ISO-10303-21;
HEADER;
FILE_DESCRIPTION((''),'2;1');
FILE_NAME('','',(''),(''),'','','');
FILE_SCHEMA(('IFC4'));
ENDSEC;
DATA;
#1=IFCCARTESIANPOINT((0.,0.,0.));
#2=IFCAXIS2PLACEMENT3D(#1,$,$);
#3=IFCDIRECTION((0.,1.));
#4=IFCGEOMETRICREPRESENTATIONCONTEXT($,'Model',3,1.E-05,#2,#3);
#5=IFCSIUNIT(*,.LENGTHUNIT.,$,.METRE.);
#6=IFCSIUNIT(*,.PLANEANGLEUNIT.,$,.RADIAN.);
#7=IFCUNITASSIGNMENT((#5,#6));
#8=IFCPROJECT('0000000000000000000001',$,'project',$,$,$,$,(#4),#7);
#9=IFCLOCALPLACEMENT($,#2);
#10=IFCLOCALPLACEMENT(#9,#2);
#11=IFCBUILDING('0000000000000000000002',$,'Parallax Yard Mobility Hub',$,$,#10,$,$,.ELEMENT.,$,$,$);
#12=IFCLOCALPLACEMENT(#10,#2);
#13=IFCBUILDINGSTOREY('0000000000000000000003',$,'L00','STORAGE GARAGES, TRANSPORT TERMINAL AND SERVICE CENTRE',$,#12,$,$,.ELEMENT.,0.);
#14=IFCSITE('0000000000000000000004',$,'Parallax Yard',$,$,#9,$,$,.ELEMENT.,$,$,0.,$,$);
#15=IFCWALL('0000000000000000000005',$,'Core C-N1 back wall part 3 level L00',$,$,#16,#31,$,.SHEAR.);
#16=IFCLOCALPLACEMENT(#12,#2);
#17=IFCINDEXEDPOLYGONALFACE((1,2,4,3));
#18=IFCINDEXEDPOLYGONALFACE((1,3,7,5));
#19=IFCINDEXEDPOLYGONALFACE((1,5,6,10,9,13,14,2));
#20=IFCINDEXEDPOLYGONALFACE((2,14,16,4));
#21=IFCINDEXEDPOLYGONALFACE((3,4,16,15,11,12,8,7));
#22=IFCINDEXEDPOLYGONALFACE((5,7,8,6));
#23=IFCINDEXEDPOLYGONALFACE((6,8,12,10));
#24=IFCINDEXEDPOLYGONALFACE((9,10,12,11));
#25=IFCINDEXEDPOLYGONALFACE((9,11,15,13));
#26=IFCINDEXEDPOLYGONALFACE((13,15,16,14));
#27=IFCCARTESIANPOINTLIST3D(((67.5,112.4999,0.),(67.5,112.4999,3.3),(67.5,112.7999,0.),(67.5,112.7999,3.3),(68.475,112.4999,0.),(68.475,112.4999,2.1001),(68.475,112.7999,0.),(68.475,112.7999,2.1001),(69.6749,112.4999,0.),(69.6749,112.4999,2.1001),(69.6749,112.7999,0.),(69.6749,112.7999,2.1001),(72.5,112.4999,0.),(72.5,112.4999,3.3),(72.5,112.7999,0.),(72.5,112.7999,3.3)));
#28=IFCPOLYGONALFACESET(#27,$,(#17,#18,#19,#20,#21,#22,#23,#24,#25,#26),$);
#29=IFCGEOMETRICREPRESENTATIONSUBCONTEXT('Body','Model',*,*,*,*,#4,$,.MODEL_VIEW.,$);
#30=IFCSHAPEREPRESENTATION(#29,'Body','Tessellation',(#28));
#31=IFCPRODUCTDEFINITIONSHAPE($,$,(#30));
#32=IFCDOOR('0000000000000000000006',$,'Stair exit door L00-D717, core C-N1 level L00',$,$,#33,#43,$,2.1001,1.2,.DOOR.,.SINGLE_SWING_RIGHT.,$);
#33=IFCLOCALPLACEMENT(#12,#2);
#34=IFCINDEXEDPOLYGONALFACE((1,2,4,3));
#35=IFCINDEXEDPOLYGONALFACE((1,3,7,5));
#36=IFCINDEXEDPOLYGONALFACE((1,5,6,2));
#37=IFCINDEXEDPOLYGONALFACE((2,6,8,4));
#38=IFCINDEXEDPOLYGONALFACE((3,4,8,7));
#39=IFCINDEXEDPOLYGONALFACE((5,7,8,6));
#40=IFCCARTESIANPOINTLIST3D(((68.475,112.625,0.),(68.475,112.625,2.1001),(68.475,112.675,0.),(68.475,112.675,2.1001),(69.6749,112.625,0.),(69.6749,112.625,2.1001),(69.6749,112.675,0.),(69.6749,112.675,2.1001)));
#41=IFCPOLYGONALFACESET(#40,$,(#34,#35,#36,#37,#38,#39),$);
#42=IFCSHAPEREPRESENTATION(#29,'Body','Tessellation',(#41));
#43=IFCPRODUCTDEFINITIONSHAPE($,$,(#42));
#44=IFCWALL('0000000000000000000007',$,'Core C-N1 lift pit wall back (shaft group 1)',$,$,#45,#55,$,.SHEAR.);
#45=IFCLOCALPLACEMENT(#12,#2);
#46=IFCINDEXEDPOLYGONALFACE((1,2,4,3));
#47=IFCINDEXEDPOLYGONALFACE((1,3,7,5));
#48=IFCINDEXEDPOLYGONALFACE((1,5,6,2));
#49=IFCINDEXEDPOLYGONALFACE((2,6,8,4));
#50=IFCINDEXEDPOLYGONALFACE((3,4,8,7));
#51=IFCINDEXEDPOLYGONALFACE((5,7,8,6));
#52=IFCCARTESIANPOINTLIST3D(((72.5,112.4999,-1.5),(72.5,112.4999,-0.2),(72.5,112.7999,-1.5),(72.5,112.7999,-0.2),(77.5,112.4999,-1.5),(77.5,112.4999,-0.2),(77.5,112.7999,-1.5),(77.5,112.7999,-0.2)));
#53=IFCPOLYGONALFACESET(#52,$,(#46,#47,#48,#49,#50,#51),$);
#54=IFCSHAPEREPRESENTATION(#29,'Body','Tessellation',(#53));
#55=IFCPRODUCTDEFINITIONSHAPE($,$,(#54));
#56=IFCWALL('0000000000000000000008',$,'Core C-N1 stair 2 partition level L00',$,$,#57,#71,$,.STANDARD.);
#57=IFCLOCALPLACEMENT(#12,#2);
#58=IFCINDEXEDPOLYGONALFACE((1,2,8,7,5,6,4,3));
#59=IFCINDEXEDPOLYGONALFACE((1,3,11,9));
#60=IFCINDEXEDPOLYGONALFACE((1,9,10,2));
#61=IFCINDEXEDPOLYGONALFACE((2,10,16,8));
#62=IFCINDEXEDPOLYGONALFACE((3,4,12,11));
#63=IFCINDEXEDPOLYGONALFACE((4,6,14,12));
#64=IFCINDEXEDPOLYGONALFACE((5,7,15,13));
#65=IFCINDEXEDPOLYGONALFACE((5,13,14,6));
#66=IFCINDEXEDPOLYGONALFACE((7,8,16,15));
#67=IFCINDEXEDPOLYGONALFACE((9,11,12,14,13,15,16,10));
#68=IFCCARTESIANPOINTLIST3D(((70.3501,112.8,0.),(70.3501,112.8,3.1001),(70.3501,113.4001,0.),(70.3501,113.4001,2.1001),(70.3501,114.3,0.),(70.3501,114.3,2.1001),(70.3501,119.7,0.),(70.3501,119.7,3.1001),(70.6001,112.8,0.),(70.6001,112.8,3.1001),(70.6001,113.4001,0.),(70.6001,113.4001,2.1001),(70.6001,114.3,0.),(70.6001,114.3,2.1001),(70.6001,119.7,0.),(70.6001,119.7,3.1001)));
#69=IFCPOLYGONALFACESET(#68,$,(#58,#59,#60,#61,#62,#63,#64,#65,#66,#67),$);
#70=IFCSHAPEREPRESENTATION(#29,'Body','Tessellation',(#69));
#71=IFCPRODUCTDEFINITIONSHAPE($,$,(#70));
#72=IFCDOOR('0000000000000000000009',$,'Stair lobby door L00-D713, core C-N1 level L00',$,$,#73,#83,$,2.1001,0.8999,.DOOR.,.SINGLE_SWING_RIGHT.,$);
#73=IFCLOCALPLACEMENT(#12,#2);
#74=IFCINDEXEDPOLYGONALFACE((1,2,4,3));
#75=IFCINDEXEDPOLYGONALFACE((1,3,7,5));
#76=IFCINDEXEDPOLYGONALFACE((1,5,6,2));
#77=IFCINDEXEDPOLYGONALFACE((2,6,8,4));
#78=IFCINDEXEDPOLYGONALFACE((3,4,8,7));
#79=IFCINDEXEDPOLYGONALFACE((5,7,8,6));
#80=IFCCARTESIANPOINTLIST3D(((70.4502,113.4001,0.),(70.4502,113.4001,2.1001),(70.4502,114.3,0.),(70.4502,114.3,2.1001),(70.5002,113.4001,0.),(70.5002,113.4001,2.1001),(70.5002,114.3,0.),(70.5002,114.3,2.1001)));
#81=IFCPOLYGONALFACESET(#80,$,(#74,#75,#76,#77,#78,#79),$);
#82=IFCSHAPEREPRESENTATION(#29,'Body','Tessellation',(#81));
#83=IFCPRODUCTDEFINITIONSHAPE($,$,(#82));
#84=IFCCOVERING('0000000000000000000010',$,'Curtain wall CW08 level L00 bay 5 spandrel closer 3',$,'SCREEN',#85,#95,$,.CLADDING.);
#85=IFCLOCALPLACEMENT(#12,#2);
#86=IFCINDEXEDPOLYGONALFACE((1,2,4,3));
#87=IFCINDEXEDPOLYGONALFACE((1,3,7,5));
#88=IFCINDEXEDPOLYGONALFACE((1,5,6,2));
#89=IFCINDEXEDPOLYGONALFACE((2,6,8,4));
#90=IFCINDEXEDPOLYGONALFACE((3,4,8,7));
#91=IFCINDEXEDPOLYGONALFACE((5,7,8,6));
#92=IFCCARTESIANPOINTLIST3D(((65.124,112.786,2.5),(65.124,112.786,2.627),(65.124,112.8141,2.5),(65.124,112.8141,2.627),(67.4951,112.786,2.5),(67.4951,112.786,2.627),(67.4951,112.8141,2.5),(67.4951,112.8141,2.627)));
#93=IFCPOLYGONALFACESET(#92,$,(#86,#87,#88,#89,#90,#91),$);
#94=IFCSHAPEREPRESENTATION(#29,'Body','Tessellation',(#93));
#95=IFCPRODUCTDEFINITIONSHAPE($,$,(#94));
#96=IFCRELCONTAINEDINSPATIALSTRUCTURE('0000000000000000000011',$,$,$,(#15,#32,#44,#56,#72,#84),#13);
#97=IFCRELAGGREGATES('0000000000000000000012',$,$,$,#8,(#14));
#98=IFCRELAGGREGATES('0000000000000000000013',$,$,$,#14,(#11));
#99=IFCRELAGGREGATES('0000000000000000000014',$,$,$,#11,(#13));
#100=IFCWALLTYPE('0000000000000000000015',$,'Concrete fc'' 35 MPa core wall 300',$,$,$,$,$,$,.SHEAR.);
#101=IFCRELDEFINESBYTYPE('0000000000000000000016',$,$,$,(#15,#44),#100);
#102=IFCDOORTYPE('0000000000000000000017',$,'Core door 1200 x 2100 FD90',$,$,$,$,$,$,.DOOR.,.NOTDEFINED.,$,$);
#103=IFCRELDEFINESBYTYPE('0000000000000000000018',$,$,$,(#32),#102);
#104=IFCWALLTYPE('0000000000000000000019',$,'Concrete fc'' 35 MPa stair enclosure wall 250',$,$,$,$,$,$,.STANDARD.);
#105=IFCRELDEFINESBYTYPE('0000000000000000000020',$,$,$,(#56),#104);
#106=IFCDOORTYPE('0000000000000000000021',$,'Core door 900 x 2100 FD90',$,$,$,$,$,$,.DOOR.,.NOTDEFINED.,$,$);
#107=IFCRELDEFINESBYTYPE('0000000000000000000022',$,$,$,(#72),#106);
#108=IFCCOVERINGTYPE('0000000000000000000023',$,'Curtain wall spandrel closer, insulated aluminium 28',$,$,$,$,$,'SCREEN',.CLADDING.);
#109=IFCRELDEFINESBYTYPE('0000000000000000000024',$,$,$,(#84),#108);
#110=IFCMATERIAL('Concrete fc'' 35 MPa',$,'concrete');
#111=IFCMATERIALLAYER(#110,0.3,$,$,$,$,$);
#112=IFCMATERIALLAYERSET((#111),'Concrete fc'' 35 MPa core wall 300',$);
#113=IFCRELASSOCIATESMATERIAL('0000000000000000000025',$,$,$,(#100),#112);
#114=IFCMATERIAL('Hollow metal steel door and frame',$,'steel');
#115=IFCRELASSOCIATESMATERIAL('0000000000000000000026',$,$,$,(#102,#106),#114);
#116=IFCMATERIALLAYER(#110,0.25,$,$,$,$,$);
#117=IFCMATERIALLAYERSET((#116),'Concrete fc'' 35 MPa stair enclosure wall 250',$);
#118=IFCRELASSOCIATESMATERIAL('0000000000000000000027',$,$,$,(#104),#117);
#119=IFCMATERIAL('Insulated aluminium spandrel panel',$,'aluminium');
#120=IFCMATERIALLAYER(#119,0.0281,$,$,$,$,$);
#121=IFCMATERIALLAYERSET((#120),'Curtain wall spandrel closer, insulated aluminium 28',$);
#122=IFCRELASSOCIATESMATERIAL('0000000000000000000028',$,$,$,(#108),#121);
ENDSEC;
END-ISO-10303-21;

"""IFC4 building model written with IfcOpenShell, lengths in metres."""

from ifc_helpers import new_model, si_unit, direction, frame, frame_2d, origin, origin_2d, place, context, subcontext, project, spatial, rectangle, extrude, material, layer, layer_set, type_object, element, fill, save


model = new_model("IFC4")

# Units and contexts
model_context = context("Model", 3, precision=1e-05, world=origin(), true_north=direction((0.0, 1.0)))
body_context = subcontext(model_context, "Body", "Model", "MODEL_VIEW")
ifc_project = project(units=[si_unit("LENGTHUNIT", "METRE"), si_unit("PLANEANGLEUNIT", "RADIAN")], contexts=[model_context])

# Site, building, storey
site_placement = place(None, origin())
site = spatial("IfcSite", under=ifc_project, at=site_placement, Name="Parallax Yard", CompositionType="ELEMENT", RefElevation=0.0)
building_placement = place(site_placement, origin())
building = spatial("IfcBuilding", under=site, at=building_placement, Name="Parallax Yard Mobility Hub", CompositionType="ELEMENT")
storey_placement = place(building_placement, origin())
storey = spatial("IfcBuildingStorey", under=building, at=storey_placement, Name="L00", Description="STORAGE GARAGES, TRANSPORT TERMINAL AND SERVICE CENTRE", CompositionType="ELEMENT", Elevation=0.0)

# Shared definitions
ifc_material_1 = material(Name="Concrete fc' 35 MPa", Category="concrete")
ifc_layer_1 = layer(ifc_material_1, 0.3)
ifc_layer_set_1 = layer_set([ifc_layer_1], Name="Concrete fc' 35 MPa core wall 300")
wall_type_1 = type_object("IfcWallType", Name="Concrete fc' 35 MPa core wall 300", PredefinedType="SHEAR", material=ifc_layer_set_1)
ifc_material_2 = material(Name="Hollow metal steel door and frame", Category="steel")
door_type_1 = type_object("IfcDoorType", Name="Core door 1200 x 2100 FD90", OperationType="NOTDEFINED", PredefinedType="DOOR", material=ifc_material_2)

# Wall, opening, door
wall_1_placement = place(storey_placement, frame((72.5, 112.6499, 0.0), z_axis=(0.0, 0.0, 1.0), x_axis=(-1.0, 0.0, 0.0)))
wall_1 = element("IfcWall", 1, at=wall_1_placement, inside=storey, type_object=wall_type_1, Name="Core C-N1 back wall part 3 level L00", PredefinedType="SHEAR", context=body_context, shape_type="SweptSolid", body=[
    extrude(rectangle(XDim=5.0, YDim=0.3, at=frame_2d((2.5, 0.0))), origin(), (0.0, 0.0, 1.0), 3.3),
])
opening_1_placement = place(wall_1_placement, frame((2.825, 0.0, 0.0)))
opening_1 = element("IfcOpeningElement", 2, at=opening_1_placement, cuts=wall_1, PredefinedType="OPENING", context=body_context, shape_type="SweptSolid", body=[
    extrude(rectangle(XDim=1.2, YDim=2.1001, at=frame_2d((0.6001, 1.05))), frame((0.0, 0.1602, 0.0), z_axis=(0.0, -1.0, 0.0), x_axis=(1.0, 0.0, 0.0)), (0.0, 0.0, 1.0), 0.3201),
])
door_1_placement = place(opening_1_placement, origin())
door_1 = element("IfcDoor", 3, at=door_1_placement, inside=storey, type_object=door_type_1, Name="Stair exit door L00-D717, core C-N1 level L00", OperationType="SINGLE_SWING_RIGHT", OverallHeight=2.1001, OverallWidth=1.2, PredefinedType="DOOR", context=body_context, shape_type="SweptSolid", body=[
    extrude(rectangle(XDim=1.2, YDim=2.1001, at=frame_2d((0.6001, 1.05))), frame((0.0, 0.0249, 0.0), z_axis=(0.0, -1.0, 0.0), x_axis=(1.0, 0.0, 0.0)), (0.0, 0.0, 1.0), 0.05),
])
fill(opening_1, door_1)

# Wall
wall_2_placement = place(storey_placement, frame((77.5, 112.6499, -1.5), z_axis=(0.0, 0.0, 1.0), x_axis=(-1.0, 0.0, 0.0)))
element("IfcWall", 4, at=wall_2_placement, inside=storey, type_object=wall_type_1, Name="Core C-N1 lift pit wall back (shaft group 1)", PredefinedType="SHEAR", context=body_context, shape_type="SweptSolid", body=[
    extrude(rectangle(XDim=5.0, YDim=0.3, at=frame_2d((2.5, 0.0))), origin(), (0.0, 0.0, 1.0), 1.3),
])

# Wall, opening, door
ifc_layer_2 = layer(ifc_material_1, 0.25)
ifc_layer_set_2 = layer_set([ifc_layer_2], Name="Concrete fc' 35 MPa stair enclosure wall 250")
wall_type_2 = type_object("IfcWallType", Name="Concrete fc' 35 MPa stair enclosure wall 250", PredefinedType="STANDARD", material=ifc_layer_set_2)
wall_3_placement = place(storey_placement, frame((70.4751, 112.8, 0.0), z_axis=(0.0, 0.0, 1.0), x_axis=(0.0, 1.0, 0.0)))
wall_3 = element("IfcWall", 5, at=wall_3_placement, inside=storey, type_object=wall_type_2, Name="Core C-N1 stair 2 partition level L00", PredefinedType="STANDARD", context=body_context, shape_type="SweptSolid", body=[
    extrude(rectangle(XDim=6.8999, YDim=0.25, at=frame_2d((3.45, 0.0))), origin(), (0.0, 0.0, 1.0), 3.1001),
])
opening_2_placement = place(wall_3_placement, frame((0.6001, 0.0, 0.0)))
opening_2 = element("IfcOpeningElement", 6, at=opening_2_placement, cuts=wall_3, PredefinedType="OPENING", context=body_context, shape_type="SweptSolid", body=[
    extrude(rectangle(XDim=0.8999, YDim=2.1001, at=frame_2d((0.45, 1.05))), frame((0.0, 0.135, 0.0), z_axis=(0.0, -1.0, 0.0), x_axis=(1.0, 0.0, 0.0)), (0.0, 0.0, 1.0), 0.27),
])
door_type_2 = type_object("IfcDoorType", Name="Core door 900 x 2100 FD90", OperationType="NOTDEFINED", PredefinedType="DOOR", material=ifc_material_2)
door_2_placement = place(opening_2_placement, origin())
door_2 = element("IfcDoor", 7, at=door_2_placement, inside=storey, type_object=door_type_2, Name="Stair lobby door L00-D713, core C-N1 level L00", OperationType="SINGLE_SWING_RIGHT", OverallHeight=2.1001, OverallWidth=0.8999, PredefinedType="DOOR", context=body_context, shape_type="SweptSolid", body=[
    extrude(rectangle(XDim=0.8999, YDim=2.1001, at=frame_2d((0.45, 1.05))), frame((0.0, 0.0249, 0.0), z_axis=(0.0, -1.0, 0.0), x_axis=(1.0, 0.0, 0.0)), (0.0, 0.0, 1.0), 0.05),
])
fill(opening_2, door_2)

# Covering
ifc_material_3 = material(Name="Insulated aluminium spandrel panel", Category="aluminium")
ifc_layer_3 = layer(ifc_material_3, 0.0281)
ifc_layer_set_3 = layer_set([ifc_layer_3], Name="Curtain wall spandrel closer, insulated aluminium 28")
covering_type = type_object("IfcCoveringType", Name="Curtain wall spandrel closer, insulated aluminium 28", ElementType="SCREEN", PredefinedType="CLADDING", material=ifc_layer_set_3)
covering_placement = place(storey_placement, frame((66.3096, 112.8, 2.5), z_axis=(0.0, 0.0, 1.0), x_axis=(1.0, 0.0, 0.0)))
element("IfcCovering", 8, at=covering_placement, inside=storey, type_object=covering_type, Name="Curtain wall CW08 level L00 bay 5 spandrel closer 3", ObjectType="SCREEN", PredefinedType="CLADDING", context=body_context, shape_type="SweptSolid", body=[
    extrude(rectangle(XDim=2.3711, YDim=0.0281, at=origin_2d()), origin(), (0.0, 0.0, 1.0), 0.127),
])

save(model, "model.ifc")
